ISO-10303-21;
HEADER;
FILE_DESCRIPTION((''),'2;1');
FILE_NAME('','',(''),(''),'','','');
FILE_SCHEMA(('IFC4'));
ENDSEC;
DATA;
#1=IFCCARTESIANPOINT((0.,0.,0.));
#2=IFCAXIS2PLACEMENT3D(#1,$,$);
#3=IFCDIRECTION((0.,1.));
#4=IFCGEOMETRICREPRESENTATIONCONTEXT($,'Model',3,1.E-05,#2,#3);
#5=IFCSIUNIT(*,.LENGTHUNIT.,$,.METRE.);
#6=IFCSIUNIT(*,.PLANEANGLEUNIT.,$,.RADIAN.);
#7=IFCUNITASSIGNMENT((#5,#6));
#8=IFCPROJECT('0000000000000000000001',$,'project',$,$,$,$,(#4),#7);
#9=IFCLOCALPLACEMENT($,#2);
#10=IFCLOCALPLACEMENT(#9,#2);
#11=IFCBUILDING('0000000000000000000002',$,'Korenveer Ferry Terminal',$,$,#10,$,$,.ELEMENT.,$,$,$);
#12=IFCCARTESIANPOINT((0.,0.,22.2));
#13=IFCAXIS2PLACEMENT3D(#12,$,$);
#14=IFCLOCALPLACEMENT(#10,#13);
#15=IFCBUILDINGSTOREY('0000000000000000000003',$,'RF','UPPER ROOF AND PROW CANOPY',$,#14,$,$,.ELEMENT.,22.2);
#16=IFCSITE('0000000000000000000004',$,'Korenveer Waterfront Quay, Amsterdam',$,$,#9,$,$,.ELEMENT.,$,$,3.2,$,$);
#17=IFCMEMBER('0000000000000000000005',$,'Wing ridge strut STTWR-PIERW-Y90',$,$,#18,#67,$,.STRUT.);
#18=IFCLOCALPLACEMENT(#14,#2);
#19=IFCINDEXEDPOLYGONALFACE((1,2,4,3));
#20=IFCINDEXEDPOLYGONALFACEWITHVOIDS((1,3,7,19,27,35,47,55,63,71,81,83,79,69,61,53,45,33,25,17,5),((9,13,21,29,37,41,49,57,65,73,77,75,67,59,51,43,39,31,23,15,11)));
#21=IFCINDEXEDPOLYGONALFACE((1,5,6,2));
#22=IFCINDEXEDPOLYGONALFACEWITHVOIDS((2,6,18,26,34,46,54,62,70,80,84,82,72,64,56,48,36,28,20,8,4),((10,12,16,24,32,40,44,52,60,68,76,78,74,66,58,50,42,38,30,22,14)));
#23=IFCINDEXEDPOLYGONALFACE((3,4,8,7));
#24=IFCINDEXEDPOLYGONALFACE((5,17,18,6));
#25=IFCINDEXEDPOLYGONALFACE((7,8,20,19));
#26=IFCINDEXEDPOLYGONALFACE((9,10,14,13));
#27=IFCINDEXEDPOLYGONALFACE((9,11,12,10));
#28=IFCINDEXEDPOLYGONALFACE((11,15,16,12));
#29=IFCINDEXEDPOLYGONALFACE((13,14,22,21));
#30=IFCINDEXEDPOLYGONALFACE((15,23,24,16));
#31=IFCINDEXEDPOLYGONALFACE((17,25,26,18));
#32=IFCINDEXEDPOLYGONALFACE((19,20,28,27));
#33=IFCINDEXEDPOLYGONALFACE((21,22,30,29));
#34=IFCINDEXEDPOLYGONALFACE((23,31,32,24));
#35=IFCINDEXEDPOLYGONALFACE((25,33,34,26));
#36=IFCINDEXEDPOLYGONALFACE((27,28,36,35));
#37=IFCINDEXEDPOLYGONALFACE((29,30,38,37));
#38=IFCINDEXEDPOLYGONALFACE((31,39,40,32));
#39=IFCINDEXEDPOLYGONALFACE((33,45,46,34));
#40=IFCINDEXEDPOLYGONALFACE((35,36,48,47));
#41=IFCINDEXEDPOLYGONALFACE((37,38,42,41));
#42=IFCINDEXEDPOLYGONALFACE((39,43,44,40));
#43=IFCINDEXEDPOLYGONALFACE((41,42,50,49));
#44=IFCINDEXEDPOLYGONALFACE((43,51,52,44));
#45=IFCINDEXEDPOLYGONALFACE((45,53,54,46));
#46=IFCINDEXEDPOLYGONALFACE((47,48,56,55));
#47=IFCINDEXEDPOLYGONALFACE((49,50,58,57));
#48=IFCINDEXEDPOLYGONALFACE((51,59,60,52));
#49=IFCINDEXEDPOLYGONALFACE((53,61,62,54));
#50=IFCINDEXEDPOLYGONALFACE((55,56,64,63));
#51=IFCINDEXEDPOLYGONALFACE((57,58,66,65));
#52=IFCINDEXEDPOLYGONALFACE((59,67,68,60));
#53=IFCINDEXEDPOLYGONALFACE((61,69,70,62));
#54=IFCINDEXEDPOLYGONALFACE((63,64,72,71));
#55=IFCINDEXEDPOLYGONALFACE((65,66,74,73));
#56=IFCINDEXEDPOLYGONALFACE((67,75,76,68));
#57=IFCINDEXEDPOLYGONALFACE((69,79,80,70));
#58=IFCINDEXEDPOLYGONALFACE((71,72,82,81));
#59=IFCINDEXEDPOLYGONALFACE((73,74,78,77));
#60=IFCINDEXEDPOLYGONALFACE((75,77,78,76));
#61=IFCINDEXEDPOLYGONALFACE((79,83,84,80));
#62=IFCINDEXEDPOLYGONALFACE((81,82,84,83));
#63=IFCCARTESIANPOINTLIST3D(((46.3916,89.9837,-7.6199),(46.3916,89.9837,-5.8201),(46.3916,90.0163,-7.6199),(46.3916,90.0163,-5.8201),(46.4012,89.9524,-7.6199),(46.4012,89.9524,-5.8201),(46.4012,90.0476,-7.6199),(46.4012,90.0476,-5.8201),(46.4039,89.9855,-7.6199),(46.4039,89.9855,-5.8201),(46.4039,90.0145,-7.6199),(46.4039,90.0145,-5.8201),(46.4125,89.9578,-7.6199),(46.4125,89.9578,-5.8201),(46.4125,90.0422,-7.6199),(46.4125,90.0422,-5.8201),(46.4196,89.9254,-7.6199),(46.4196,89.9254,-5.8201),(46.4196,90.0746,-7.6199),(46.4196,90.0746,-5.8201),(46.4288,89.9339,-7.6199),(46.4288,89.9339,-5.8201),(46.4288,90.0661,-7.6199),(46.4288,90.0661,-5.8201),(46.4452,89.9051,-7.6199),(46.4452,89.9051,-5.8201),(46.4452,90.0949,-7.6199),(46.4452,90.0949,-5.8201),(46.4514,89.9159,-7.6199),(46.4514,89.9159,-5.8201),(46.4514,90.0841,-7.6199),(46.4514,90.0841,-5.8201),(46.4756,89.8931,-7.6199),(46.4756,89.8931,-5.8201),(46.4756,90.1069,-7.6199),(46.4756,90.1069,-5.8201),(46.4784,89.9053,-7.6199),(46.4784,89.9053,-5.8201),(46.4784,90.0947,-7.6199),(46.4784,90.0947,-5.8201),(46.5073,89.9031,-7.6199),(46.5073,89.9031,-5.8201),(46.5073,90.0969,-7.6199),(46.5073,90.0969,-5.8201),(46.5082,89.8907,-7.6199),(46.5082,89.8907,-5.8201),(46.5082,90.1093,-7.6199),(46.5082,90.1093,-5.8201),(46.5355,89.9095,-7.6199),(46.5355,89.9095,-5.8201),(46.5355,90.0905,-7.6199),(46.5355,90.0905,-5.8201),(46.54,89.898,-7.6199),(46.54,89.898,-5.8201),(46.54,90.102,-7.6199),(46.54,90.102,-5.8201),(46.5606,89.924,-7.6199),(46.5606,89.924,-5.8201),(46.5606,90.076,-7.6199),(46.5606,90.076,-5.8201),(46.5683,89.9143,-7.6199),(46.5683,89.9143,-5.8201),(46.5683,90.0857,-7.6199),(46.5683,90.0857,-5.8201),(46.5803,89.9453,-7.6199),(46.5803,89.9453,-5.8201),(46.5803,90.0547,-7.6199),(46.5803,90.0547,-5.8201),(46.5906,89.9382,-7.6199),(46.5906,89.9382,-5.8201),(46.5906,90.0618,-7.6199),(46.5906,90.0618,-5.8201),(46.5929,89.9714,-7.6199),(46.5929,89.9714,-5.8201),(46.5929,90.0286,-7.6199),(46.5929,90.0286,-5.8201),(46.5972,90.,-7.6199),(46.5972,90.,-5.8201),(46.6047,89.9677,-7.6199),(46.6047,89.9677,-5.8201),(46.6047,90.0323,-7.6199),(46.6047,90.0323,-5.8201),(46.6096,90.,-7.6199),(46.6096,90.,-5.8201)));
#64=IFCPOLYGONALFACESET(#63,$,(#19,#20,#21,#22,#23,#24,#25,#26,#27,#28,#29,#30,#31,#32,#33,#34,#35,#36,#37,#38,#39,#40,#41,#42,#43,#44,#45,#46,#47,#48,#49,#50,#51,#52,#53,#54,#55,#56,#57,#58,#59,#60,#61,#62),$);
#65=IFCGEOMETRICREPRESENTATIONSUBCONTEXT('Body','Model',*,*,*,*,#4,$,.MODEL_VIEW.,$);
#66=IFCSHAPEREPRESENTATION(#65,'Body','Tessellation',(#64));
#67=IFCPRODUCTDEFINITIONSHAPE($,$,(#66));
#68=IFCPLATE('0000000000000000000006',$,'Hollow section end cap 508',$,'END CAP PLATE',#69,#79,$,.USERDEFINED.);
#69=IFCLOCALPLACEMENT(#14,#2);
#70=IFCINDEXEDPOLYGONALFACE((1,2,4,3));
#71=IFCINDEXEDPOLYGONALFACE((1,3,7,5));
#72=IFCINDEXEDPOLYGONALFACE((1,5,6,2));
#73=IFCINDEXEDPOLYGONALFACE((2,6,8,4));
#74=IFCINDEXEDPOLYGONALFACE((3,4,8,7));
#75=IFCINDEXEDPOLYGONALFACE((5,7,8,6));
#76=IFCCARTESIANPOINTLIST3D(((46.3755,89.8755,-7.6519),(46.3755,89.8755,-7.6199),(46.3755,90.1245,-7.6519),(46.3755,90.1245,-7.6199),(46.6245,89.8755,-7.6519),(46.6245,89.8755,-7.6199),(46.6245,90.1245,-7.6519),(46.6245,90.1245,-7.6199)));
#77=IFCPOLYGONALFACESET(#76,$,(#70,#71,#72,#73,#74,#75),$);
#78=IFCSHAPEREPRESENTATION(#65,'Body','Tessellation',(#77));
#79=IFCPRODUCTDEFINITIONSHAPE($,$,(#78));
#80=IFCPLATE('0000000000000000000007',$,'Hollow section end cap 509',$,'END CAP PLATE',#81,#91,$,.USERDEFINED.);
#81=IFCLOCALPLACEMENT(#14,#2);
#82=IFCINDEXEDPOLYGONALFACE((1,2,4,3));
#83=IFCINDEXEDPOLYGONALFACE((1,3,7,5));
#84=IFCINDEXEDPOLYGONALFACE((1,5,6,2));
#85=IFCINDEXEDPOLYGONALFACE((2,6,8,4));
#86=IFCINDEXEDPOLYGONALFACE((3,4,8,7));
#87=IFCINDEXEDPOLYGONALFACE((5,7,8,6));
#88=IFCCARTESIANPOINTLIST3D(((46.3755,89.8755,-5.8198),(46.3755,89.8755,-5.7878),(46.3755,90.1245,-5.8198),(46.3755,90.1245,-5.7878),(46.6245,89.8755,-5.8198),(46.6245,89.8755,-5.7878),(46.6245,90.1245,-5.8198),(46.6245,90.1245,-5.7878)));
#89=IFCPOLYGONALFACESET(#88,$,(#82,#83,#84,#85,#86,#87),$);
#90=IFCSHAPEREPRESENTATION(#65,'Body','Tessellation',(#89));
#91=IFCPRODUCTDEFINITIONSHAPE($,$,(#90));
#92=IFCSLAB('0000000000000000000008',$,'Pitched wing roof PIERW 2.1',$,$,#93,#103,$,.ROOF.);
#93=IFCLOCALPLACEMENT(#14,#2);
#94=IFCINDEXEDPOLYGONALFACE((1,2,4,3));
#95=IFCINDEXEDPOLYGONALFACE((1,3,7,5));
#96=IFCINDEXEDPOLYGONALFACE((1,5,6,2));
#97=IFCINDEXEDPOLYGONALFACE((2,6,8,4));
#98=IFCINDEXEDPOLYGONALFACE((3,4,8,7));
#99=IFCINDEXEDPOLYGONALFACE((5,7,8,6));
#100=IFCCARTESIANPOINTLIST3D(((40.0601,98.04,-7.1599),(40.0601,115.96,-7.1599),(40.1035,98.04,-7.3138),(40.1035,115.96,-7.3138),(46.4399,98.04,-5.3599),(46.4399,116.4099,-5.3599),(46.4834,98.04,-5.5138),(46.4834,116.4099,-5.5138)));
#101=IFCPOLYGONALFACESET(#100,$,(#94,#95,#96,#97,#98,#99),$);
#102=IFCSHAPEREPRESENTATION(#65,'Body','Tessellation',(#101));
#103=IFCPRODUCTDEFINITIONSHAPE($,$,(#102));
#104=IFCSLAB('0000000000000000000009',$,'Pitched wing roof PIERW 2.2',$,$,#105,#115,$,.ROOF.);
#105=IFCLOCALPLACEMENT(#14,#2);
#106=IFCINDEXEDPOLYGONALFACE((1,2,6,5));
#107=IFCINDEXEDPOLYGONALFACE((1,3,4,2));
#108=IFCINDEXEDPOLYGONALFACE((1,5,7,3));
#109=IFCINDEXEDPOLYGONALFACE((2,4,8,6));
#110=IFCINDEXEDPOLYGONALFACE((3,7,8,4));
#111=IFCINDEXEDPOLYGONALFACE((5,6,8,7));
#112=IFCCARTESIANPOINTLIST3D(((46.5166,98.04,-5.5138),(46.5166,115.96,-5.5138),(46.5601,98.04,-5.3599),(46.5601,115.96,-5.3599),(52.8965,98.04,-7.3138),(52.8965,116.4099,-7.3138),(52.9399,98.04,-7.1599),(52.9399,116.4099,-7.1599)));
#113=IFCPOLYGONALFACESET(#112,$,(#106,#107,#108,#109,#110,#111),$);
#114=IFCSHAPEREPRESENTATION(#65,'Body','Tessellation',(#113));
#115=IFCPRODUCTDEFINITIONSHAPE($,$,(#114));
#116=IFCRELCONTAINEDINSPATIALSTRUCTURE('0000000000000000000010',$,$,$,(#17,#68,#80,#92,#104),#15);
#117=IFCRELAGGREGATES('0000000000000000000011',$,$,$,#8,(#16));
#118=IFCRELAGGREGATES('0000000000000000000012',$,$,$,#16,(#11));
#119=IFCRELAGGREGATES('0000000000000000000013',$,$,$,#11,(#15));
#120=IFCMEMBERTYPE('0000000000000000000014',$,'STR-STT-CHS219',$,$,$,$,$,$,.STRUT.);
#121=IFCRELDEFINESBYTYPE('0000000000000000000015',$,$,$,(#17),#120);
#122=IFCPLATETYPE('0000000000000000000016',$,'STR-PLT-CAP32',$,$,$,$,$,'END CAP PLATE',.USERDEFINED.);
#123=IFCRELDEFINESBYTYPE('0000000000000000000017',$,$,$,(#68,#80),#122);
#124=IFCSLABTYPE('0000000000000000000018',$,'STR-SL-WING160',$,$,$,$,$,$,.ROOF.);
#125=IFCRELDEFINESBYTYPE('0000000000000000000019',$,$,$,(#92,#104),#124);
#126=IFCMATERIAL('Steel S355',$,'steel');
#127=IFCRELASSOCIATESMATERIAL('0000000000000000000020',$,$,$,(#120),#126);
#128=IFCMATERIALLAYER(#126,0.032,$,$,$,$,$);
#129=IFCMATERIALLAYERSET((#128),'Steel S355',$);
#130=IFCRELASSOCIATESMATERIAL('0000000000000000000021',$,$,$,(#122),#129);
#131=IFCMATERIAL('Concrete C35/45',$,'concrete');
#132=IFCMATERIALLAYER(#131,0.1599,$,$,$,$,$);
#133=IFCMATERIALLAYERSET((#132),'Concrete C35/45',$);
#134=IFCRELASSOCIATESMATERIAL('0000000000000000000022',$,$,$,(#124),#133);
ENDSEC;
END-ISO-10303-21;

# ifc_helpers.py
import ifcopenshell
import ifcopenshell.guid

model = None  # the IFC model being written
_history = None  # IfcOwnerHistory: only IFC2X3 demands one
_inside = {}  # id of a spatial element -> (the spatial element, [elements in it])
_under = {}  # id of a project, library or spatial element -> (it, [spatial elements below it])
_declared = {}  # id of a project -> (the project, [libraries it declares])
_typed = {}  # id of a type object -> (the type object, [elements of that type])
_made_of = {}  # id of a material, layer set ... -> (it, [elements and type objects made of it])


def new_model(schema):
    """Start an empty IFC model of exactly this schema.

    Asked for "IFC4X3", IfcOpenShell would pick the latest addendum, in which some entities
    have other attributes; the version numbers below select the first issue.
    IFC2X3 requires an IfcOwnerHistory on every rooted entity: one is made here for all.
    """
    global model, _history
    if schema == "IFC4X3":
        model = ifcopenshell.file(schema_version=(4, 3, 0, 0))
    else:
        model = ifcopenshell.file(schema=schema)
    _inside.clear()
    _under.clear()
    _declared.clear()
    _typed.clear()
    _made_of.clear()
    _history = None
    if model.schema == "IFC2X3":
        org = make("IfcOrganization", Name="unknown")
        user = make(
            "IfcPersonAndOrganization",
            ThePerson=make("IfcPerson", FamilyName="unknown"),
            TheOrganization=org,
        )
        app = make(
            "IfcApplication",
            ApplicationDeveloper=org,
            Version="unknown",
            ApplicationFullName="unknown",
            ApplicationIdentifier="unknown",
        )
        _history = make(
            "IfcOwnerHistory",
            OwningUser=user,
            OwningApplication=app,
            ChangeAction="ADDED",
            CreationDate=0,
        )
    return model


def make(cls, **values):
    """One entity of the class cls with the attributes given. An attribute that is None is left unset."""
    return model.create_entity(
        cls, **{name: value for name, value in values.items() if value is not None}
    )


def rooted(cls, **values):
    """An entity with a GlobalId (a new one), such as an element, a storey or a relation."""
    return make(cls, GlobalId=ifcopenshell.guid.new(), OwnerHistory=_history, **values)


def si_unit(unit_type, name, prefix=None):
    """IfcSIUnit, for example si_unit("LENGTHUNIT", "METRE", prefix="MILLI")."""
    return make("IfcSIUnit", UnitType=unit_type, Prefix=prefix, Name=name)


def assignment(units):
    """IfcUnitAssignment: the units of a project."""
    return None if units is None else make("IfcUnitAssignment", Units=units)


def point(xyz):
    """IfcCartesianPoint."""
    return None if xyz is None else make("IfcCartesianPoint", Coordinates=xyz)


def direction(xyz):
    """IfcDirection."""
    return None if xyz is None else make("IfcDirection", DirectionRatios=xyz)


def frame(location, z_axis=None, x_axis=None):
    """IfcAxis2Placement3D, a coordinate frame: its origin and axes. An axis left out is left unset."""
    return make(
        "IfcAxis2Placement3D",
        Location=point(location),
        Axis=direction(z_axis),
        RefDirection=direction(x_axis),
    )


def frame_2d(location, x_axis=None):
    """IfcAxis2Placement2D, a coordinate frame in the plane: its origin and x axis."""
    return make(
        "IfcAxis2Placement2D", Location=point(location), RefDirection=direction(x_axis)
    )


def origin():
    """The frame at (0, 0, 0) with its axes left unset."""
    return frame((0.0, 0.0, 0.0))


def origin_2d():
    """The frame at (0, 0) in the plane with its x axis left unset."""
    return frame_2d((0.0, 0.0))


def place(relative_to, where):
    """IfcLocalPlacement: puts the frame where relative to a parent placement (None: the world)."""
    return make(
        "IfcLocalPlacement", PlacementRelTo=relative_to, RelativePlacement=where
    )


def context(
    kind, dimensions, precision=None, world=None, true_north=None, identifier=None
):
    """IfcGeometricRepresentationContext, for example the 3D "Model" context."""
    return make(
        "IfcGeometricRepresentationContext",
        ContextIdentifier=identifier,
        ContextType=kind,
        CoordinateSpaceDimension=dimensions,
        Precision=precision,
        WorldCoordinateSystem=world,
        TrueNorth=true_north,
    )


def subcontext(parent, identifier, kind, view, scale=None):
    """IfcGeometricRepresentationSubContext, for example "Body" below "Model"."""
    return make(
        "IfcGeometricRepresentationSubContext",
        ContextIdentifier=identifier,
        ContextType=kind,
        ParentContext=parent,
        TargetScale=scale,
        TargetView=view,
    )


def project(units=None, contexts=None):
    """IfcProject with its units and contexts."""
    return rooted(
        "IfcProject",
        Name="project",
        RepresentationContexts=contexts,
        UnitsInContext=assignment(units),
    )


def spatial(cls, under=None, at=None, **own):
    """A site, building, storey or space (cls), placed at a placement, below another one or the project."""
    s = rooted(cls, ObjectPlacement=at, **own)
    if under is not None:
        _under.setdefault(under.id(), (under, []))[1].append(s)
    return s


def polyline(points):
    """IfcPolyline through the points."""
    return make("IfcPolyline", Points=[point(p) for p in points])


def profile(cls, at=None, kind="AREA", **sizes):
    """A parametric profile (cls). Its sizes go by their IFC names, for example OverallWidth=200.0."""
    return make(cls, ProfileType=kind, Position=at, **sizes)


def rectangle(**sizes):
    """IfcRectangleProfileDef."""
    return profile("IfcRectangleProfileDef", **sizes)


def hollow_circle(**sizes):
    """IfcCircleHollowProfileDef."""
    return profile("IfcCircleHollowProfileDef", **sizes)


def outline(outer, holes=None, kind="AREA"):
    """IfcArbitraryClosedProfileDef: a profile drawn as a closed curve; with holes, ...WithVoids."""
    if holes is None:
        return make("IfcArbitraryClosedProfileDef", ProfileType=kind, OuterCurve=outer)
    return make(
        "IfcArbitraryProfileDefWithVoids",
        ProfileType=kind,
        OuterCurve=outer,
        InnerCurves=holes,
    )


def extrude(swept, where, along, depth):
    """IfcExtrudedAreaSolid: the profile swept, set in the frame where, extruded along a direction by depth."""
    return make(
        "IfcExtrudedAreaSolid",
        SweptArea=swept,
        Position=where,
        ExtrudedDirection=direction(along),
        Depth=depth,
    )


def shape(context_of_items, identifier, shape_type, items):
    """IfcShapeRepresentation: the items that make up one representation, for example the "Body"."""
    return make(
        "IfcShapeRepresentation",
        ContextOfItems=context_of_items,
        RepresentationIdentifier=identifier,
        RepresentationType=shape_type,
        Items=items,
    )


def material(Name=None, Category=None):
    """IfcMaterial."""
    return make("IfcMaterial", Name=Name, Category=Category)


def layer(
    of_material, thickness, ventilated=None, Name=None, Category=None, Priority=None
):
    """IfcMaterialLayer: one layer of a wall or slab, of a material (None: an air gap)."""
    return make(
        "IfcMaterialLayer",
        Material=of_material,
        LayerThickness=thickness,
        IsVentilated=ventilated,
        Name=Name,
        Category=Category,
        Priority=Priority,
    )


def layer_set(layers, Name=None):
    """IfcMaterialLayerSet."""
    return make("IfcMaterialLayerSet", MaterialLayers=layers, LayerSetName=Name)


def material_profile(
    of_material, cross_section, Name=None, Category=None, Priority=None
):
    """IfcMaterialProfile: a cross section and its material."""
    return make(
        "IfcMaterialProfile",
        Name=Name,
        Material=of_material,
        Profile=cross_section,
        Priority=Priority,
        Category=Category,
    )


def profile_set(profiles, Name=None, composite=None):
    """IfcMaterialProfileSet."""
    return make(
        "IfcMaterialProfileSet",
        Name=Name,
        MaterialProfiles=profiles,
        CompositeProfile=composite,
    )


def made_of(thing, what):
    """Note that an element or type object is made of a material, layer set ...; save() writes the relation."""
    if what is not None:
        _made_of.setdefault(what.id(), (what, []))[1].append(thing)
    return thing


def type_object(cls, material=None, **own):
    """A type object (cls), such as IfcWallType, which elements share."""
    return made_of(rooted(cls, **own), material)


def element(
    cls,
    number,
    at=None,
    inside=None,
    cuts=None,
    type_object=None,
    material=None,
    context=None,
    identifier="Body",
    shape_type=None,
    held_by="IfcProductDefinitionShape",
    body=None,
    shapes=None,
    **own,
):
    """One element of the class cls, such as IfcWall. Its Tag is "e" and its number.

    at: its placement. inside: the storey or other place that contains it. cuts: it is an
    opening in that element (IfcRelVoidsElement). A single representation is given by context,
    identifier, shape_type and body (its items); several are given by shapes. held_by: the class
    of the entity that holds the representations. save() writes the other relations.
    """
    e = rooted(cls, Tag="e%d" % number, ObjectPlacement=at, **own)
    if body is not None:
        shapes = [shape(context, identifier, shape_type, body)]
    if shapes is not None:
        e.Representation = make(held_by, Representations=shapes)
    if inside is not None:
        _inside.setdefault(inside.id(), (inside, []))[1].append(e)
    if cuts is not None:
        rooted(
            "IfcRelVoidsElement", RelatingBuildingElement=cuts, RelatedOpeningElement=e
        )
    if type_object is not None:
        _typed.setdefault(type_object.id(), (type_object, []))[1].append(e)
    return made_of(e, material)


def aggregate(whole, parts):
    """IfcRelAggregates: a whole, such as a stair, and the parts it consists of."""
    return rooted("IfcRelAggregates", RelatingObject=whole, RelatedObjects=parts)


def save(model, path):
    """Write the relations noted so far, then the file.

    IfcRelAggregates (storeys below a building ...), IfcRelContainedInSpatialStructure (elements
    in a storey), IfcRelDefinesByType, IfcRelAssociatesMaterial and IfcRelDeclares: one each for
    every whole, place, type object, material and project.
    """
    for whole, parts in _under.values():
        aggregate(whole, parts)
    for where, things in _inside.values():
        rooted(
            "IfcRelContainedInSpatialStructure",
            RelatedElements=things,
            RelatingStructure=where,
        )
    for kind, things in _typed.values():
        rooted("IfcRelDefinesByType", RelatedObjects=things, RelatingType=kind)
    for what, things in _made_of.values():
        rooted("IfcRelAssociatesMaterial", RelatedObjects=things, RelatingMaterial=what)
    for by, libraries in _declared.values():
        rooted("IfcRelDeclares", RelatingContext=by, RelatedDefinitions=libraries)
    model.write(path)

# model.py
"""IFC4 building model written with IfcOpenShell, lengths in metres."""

from ifc_helpers import new_model, si_unit, direction, frame, origin, origin_2d, place, context, subcontext, project, spatial, polyline, rectangle, hollow_circle, outline, extrude, material, layer, layer_set, material_profile, profile_set, type_object, element, save


model = new_model("IFC4")

# Units and contexts
model_context = context("Model", 3, precision=1e-05, world=origin(), true_north=direction((0.0, 1.0)))
body_context = subcontext(model_context, "Body", "Model", "MODEL_VIEW")
ifc_project = project(units=[si_unit("LENGTHUNIT", "METRE"), si_unit("PLANEANGLEUNIT", "RADIAN")], contexts=[model_context])

# Site, building, storey
site_placement = place(None, origin())
site = spatial("IfcSite", under=ifc_project, at=site_placement, Name="Korenveer Waterfront Quay, Amsterdam", CompositionType="ELEMENT", RefElevation=3.2)
building_placement = place(site_placement, origin())
building = spatial("IfcBuilding", under=site, at=building_placement, Name="Korenveer Ferry Terminal", CompositionType="ELEMENT")
storey_placement = place(building_placement, frame((0.0, 0.0, 22.2)))
storey = spatial("IfcBuildingStorey", under=building, at=storey_placement, Name="RF", Description="UPPER ROOF AND PROW CANOPY", CompositionType="ELEMENT", Elevation=22.2)

# Shared definitions
ifc_material_1 = material(Name="Steel S355", Category="steel")

# Member
ifc_material_profile_1 = material_profile(ifc_material_1, hollow_circle(Radius=0.1096, WallThickness=0.0125, at=origin_2d()), Name="CHS 219.1x12.5")
ifc_profile_set_1 = profile_set([ifc_material_profile_1], Name="Steel S355")
member_type_1 = type_object("IfcMemberType", Name="STR-STT-CHS219", PredefinedType="STRUT", material=ifc_profile_set_1)
member_1_placement = place(storey_placement, frame((46.5, 90.0, -7.6199), z_axis=(0.0, 0.0, 1.0), x_axis=(1.0, 0.0, 0.0)))
element("IfcMember", 1, at=member_1_placement, inside=storey, type_object=member_type_1, Name="Wing ridge strut STTWR-PIERW-Y90", PredefinedType="STRUT", context=body_context, shape_type="SweptSolid", body=[
    extrude(hollow_circle(Radius=0.1096, WallThickness=0.0125, at=origin_2d()), origin(), (0.0, 0.0, 1.0), 1.7998),
])

# Plates
ifc_layer_1 = layer(ifc_material_1, 0.032)
ifc_layer_set_1 = layer_set([ifc_layer_1], Name="Steel S355")
plate_type = type_object("IfcPlateType", Name="STR-PLT-CAP32", ElementType="END CAP PLATE", PredefinedType="USERDEFINED", material=ifc_layer_set_1)
for number, where, z_axis, x_axis, name in (
    (2, (46.5, 90.0, -7.6519), (0.0, 0.0, 1.0), (1.0, 0.0, 0.0), "Hollow section end cap 508"),
    (3, (46.5, 90.0, -5.8198), (0.0, 0.0, 1.0), (1.0, 0.0, 0.0), "Hollow section end cap 509"),
):
    element("IfcPlate", number, at=place(storey_placement, frame(where, z_axis=z_axis, x_axis=x_axis)), inside=storey, type_object=plate_type, Name=name, ObjectType="END CAP PLATE", PredefinedType="USERDEFINED", context=body_context, shape_type="SweptSolid", body=[
        extrude(rectangle(XDim=0.249, YDim=0.249, at=origin_2d()), origin(), (0.0, 0.0, 1.0), 0.032),
    ])

# Slabs
ifc_material_2 = material(Name="Concrete C35/45", Category="concrete")
ifc_layer_2 = layer(ifc_material_2, 0.1599)
ifc_layer_set_2 = layer_set([ifc_layer_2], Name="Concrete C35/45")
slab_type = type_object("IfcSlabType", Name="STR-SL-WING160", PredefinedType="ROOF", material=ifc_layer_set_2)
for number, where, z_axis, x_axis, name in (
    (4, (40.0601, 98.04, -7.1599), (-0.271543, 0.0, 0.962426), (0.962426, 0.0, 0.271543), "Pitched wing roof PIERW 2.1"),
    (5, (46.5601, 98.04, -5.3599), (0.271543, 0.0, 0.962426), (0.962426, 0.0, -0.271543), "Pitched wing roof PIERW 2.2"),
):
    element("IfcSlab", number, at=place(storey_placement, frame(where, z_axis=z_axis, x_axis=x_axis)), inside=storey, type_object=slab_type, Name=name, PredefinedType="ROOF", context=body_context, shape_type="SweptSolid", body=[
        extrude(outline(polyline([(0.0, 0.0), (6.629, 0.0), (6.629, 18.3699), (0.0, 17.9199), (0.0, 0.0)])), origin(), (0.0, 0.0, -1.0), 0.1599),
    ])

save(model, "model.ifc")
